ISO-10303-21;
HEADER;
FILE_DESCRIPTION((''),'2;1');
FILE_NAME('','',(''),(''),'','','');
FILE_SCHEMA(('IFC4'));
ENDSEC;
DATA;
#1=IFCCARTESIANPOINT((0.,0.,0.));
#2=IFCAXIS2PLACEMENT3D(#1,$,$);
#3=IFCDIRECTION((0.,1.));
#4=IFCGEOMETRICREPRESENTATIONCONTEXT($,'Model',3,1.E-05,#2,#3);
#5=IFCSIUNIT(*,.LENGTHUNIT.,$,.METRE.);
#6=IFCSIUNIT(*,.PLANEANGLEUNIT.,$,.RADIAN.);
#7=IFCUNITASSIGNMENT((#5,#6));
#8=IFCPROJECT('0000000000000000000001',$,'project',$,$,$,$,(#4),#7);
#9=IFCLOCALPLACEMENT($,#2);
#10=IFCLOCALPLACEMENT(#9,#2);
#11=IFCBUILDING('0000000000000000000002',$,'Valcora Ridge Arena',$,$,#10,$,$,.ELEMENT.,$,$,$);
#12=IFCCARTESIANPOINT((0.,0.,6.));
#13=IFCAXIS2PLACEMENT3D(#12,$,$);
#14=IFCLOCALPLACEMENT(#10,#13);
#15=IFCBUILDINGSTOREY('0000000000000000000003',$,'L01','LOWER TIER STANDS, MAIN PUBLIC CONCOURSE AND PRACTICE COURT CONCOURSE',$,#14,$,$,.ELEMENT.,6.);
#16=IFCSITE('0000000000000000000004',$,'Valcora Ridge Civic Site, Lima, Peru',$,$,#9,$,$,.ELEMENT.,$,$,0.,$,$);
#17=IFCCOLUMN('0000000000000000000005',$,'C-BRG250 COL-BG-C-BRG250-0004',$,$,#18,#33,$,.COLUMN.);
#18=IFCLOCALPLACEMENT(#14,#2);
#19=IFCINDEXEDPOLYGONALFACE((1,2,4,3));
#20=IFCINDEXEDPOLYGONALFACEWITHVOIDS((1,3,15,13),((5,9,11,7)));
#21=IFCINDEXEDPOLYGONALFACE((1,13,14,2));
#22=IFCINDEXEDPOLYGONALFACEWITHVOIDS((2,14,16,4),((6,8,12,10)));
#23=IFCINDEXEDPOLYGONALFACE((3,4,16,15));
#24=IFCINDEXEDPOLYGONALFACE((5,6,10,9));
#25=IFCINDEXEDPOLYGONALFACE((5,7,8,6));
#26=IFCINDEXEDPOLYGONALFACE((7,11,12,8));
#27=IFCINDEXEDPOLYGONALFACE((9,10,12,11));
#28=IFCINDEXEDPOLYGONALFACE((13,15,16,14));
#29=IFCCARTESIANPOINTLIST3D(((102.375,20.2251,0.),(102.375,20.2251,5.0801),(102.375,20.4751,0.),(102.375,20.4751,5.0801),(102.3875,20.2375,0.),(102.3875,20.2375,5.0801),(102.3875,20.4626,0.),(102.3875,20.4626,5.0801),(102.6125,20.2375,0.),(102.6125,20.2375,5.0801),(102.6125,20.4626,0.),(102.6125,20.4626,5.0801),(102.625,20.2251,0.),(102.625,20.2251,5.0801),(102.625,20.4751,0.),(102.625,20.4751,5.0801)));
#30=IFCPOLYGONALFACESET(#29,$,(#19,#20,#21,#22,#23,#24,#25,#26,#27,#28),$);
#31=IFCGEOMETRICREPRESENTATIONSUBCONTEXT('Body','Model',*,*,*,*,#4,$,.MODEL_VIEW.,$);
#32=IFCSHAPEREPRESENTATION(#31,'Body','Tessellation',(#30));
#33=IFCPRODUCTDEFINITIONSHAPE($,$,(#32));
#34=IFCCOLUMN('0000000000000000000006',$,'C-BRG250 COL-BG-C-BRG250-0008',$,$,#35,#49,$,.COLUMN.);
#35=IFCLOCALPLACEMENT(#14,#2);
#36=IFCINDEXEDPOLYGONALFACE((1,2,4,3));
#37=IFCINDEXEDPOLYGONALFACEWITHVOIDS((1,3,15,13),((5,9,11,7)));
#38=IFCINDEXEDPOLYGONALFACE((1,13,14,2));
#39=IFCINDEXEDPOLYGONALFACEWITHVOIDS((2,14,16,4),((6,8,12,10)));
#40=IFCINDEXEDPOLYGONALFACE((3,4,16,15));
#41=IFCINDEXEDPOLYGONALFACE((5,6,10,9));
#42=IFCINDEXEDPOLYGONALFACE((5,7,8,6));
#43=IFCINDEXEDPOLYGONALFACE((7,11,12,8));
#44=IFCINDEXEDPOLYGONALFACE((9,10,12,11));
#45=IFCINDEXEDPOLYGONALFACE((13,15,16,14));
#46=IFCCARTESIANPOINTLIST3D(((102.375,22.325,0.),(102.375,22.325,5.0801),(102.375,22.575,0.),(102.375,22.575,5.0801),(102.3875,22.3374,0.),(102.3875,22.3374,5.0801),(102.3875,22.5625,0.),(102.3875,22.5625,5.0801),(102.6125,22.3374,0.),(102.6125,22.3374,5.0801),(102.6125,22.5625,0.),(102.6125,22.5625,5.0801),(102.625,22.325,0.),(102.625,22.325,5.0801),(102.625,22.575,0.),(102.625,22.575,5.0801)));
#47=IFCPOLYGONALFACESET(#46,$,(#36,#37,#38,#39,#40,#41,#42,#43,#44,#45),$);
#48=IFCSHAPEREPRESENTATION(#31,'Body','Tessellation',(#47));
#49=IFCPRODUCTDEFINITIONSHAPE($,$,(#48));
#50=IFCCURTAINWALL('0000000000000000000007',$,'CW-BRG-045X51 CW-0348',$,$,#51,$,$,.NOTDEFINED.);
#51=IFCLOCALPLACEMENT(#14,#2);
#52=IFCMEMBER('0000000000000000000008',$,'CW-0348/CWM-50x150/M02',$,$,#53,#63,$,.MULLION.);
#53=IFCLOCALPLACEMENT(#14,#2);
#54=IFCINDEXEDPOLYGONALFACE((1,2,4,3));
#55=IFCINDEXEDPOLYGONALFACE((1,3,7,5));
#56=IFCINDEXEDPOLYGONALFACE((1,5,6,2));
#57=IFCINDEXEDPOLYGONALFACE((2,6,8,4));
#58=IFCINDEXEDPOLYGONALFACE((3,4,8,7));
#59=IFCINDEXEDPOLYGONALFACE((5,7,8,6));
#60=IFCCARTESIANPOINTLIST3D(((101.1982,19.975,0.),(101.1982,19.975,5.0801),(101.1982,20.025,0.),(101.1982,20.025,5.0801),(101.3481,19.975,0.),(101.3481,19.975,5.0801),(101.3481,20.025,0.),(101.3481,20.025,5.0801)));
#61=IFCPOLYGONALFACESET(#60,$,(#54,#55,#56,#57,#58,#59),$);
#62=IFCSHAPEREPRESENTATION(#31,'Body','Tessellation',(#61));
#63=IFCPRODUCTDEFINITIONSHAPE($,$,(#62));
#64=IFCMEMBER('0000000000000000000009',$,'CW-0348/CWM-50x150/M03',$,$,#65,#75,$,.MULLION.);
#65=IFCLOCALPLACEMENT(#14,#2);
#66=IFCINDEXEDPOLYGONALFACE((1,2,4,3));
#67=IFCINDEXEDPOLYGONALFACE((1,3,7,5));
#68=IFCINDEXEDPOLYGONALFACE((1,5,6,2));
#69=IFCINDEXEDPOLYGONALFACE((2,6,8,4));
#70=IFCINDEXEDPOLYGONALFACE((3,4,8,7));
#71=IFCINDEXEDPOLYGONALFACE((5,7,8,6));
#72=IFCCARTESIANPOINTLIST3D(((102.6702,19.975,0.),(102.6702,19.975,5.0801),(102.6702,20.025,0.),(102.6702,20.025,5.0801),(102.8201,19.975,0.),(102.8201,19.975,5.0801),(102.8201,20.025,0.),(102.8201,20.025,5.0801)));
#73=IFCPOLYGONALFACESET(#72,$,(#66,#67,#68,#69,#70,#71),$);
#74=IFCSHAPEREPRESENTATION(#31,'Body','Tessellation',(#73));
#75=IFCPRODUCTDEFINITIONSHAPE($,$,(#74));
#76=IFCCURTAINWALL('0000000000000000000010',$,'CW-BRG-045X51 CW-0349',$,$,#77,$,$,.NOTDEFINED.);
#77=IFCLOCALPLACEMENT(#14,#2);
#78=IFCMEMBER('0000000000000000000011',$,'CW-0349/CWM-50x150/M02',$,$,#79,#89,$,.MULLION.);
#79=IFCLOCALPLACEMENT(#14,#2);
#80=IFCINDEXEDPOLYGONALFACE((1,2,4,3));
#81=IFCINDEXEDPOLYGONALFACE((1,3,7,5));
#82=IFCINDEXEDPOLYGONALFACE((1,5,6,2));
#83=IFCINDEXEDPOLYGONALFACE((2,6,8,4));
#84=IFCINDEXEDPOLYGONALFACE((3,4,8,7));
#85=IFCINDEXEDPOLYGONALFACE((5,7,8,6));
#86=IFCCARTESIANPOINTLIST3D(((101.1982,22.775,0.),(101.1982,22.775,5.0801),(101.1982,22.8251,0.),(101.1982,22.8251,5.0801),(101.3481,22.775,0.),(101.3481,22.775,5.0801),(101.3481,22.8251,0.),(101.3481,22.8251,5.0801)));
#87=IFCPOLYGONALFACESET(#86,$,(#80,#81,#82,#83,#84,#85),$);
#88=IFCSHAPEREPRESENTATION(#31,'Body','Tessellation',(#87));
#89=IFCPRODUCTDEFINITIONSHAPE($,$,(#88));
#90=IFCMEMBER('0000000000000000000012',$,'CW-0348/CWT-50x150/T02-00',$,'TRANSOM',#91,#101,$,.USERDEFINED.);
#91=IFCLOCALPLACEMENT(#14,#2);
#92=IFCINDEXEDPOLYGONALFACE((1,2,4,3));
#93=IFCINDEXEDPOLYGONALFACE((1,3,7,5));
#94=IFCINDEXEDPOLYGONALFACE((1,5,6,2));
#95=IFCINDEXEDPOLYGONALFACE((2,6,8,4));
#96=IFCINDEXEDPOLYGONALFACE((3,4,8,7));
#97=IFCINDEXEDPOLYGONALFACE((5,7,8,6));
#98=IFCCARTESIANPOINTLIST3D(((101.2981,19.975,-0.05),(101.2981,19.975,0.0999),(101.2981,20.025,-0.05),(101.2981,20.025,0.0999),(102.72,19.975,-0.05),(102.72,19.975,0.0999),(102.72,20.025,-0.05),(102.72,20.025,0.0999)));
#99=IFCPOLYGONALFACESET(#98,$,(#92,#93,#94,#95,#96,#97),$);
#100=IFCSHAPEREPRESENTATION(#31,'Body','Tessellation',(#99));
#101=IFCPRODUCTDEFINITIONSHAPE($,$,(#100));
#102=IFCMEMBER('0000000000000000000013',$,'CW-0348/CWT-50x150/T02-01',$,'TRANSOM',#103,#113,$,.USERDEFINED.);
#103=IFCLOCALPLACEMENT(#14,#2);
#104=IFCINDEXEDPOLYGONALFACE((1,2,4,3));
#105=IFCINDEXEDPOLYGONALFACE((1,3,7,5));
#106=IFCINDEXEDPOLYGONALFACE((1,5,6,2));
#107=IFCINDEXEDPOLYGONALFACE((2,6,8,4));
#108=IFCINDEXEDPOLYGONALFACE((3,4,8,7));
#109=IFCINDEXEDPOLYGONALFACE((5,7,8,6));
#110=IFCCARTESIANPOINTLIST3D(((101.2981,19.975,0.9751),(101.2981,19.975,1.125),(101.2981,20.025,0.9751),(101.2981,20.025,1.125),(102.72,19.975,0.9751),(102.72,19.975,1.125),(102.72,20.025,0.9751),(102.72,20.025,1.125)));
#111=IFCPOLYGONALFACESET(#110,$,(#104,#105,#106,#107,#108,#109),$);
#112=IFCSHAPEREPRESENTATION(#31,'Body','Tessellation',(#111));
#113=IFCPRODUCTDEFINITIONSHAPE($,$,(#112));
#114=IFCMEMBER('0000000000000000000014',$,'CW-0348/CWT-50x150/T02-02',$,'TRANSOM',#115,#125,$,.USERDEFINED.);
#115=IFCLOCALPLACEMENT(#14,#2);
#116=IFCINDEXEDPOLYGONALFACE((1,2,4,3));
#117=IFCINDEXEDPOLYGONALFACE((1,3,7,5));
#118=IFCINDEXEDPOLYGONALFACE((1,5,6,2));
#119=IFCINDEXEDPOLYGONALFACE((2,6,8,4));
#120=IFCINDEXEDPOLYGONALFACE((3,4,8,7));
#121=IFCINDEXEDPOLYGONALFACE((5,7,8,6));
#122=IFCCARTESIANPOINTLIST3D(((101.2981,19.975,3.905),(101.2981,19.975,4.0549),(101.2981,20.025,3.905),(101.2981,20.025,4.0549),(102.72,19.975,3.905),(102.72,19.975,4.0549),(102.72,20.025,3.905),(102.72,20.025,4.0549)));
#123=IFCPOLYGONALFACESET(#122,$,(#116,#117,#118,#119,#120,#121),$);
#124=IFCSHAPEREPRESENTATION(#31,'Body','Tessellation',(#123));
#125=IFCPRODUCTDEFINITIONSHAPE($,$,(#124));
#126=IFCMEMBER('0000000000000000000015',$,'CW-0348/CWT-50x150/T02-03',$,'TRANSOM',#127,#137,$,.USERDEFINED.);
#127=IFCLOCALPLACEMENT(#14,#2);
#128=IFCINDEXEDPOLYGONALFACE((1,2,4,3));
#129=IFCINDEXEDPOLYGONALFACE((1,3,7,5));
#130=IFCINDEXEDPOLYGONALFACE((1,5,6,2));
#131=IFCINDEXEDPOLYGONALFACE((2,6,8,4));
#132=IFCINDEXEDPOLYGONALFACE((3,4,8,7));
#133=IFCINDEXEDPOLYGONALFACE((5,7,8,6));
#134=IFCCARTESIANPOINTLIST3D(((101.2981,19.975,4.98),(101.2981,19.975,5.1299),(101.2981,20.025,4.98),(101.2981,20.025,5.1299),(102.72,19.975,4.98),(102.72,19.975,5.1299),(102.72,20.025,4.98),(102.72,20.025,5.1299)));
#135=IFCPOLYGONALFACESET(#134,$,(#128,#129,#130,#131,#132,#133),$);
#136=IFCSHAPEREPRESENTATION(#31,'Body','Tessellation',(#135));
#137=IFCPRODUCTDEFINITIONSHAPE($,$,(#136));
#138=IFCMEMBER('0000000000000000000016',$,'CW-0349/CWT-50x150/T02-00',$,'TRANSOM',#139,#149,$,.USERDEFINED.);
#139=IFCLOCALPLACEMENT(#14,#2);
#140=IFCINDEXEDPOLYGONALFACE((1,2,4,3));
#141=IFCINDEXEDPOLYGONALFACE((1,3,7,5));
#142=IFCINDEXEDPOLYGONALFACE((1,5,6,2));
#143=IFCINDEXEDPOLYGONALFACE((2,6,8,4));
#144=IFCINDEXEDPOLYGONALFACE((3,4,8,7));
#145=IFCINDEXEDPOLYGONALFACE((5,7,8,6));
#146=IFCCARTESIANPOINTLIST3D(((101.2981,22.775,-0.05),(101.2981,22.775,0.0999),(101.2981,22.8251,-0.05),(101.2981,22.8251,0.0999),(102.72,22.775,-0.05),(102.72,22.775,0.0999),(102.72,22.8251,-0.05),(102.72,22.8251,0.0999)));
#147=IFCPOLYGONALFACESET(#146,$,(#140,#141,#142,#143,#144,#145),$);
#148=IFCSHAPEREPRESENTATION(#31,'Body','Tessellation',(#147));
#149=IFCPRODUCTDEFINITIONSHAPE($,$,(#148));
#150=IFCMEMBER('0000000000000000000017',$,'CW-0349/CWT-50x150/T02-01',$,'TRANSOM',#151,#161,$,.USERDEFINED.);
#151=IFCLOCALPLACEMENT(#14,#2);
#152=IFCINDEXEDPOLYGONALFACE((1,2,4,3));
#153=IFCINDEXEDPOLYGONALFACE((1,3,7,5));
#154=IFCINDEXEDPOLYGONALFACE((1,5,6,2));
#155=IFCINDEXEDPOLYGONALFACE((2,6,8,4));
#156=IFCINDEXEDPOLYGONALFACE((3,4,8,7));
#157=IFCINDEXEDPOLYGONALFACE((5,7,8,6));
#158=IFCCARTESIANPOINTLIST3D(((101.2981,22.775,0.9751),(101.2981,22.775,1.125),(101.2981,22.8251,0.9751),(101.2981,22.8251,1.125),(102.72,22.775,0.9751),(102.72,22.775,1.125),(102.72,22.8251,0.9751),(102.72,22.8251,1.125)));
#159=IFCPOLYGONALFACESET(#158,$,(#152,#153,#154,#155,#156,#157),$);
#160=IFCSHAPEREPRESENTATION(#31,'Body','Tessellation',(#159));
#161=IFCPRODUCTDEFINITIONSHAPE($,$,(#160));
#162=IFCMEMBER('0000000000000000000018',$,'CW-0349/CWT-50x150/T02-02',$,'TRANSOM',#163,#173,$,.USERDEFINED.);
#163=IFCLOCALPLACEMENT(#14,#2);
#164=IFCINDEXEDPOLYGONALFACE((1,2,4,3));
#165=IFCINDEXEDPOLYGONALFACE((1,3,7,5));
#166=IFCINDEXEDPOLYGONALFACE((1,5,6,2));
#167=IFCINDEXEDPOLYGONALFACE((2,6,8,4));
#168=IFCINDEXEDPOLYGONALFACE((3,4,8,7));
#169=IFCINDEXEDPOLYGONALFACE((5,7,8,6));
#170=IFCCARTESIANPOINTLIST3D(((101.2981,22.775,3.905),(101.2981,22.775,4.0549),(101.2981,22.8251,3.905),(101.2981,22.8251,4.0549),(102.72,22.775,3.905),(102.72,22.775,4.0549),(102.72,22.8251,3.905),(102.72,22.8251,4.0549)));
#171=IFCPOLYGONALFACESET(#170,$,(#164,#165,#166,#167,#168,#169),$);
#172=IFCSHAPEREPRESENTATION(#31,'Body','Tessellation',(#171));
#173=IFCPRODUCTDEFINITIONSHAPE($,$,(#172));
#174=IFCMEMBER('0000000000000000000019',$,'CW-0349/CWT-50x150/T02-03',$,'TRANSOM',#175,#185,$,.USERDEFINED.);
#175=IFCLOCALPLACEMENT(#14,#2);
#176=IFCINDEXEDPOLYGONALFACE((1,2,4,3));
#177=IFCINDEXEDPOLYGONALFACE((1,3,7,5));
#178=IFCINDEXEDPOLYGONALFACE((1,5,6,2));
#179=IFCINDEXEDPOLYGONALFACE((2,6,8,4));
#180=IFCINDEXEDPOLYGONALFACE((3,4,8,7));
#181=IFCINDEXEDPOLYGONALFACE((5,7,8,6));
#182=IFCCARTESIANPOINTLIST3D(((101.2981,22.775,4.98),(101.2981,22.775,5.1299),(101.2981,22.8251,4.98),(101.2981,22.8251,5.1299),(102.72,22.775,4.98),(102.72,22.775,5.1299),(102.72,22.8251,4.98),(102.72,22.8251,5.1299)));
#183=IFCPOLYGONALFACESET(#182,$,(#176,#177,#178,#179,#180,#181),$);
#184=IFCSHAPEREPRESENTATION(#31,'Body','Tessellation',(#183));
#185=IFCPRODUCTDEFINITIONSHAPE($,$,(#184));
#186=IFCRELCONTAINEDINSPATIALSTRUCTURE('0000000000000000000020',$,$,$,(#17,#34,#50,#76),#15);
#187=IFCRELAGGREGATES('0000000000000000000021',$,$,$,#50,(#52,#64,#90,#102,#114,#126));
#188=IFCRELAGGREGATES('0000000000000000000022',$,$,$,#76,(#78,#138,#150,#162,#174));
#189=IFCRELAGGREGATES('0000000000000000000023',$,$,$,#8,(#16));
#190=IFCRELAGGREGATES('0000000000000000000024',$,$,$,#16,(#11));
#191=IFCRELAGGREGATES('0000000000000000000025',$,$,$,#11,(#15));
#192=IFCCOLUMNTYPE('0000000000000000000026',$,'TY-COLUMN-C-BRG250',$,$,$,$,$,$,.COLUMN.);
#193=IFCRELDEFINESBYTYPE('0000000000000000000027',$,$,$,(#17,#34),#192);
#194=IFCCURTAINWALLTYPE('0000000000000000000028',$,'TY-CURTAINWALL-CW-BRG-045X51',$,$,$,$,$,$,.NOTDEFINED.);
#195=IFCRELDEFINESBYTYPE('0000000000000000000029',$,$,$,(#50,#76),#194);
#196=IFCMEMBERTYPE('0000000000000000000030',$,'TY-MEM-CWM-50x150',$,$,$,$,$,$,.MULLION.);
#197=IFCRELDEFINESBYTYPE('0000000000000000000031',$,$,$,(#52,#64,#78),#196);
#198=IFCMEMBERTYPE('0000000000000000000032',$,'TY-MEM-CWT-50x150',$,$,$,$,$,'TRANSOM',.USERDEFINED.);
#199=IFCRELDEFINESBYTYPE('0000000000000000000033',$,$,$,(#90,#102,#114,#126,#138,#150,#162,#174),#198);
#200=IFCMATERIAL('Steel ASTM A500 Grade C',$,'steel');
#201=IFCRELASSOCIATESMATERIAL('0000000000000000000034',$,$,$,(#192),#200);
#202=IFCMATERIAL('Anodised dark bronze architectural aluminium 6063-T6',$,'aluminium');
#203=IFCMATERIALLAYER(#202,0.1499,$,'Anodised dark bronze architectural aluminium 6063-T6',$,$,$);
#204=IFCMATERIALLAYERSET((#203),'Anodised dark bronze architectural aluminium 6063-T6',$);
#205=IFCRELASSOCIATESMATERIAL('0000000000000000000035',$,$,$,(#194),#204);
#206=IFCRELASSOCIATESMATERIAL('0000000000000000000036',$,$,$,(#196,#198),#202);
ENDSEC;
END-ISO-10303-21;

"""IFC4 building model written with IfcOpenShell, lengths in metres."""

from ifc_helpers import new_model, si_unit, direction, frame, origin, origin_2d, place, context, subcontext, project, spatial, rectangle, hollow_rectangle, extrude, material, layer, layer_set, material_profile, profile_set, type_object, element, aggregate, save


model = new_model("IFC4")

# Units and contexts
model_context = context("Model", 3, precision=1e-05, world=origin(), true_north=direction((0.0, 1.0)))
body_context = subcontext(model_context, "Body", "Model", "MODEL_VIEW")
ifc_project = project(units=[si_unit("LENGTHUNIT", "METRE"), si_unit("PLANEANGLEUNIT", "RADIAN")], contexts=[model_context])

# Site, building, storey
site_placement = place(None, origin())
site = spatial("IfcSite", under=ifc_project, at=site_placement, Name="Valcora Ridge Civic Site, Lima, Peru", CompositionType="ELEMENT", RefElevation=0.0)
building_placement = place(site_placement, origin())
building = spatial("IfcBuilding", under=site, at=building_placement, Name="Valcora Ridge Arena", CompositionType="ELEMENT")
storey_placement = place(building_placement, frame((0.0, 0.0, 6.0)))
storey = spatial("IfcBuildingStorey", under=building, at=storey_placement, Name="L01", Description="LOWER TIER STANDS, MAIN PUBLIC CONCOURSE AND PRACTICE COURT CONCOURSE", CompositionType="ELEMENT", Elevation=6.0)

# Columns
ifc_material_1 = material(Name="Steel ASTM A500 Grade C", Category="steel")
ifc_material_profile_1 = material_profile(ifc_material_1, hollow_rectangle(XDim=0.25, YDim=0.25, WallThickness=0.0125, at=origin_2d()), Name="HSS250X250X12")
ifc_profile_set_1 = profile_set([ifc_material_profile_1], Name="Steel ASTM A500 Grade C")
column_type = type_object("IfcColumnType", Name="TY-COLUMN-C-BRG250", PredefinedType="COLUMN", material=ifc_profile_set_1)
for number, where, z_axis, x_axis, name in (
    (1, (102.5, 20.3501, 0.0), (0.0, 0.0, 1.0), (1.0, 0.0, 0.0), "C-BRG250 COL-BG-C-BRG250-0004"),
    (2, (102.5, 22.45, 0.0), (0.0, 0.0, 1.0), (1.0, 0.0, 0.0), "C-BRG250 COL-BG-C-BRG250-0008"),
):
    element("IfcColumn", number, at=place(storey_placement, frame(where, z_axis=z_axis, x_axis=x_axis)), inside=storey, type_object=column_type, Name=name, PredefinedType="COLUMN", context=body_context, shape_type="SweptSolid", body=[
        extrude(hollow_rectangle(XDim=0.25, YDim=0.25, WallThickness=0.0125, at=origin_2d()), origin(), (0.0, 0.0, 1.0), 5.0801),
    ])

# Curtain wall, members
ifc_material_2 = material(Name="Anodised dark bronze architectural aluminium 6063-T6", Category="aluminium")
ifc_layer_1 = layer(ifc_material_2, 0.1499, Name="Anodised dark bronze architectural aluminium 6063-T6")
ifc_layer_set_1 = layer_set([ifc_layer_1], Name="Anodised dark bronze architectural aluminium 6063-T6")
curtain_wall_type = type_object("IfcCurtainWallType", Name="TY-CURTAINWALL-CW-BRG-045X51", PredefinedType="NOTDEFINED", material=ifc_layer_set_1)
curtain_wall_1_placement = place(storey_placement, origin())
curtain_wall_1 = element("IfcCurtainWall", 3, at=curtain_wall_1_placement, inside=storey, type_object=curtain_wall_type, Name="CW-BRG-045X51 CW-0348", PredefinedType="NOTDEFINED")
ifc_material_profile_2 = material_profile(ifc_material_2, rectangle(XDim=0.05, YDim=0.1499, at=origin_2d()), Name="ALU MULLION 50x150")
ifc_profile_set_2 = profile_set([ifc_material_profile_2], Name="Anodised dark bronze architectural aluminium 6063-T6")
member_type_1 = type_object("IfcMemberType", Name="TY-MEM-CWM-50x150", PredefinedType="MULLION", material=ifc_profile_set_2)
member_1_placement = place(storey_placement, frame((101.2732, 20.0, 0.0), z_axis=(0.0, 0.0, 1.0), x_axis=(0.0, 1.0, 0.0)))
member_1 = element("IfcMember", 4, at=member_1_placement, type_object=member_type_1, Name="CW-0348/CWM-50x150/M02", PredefinedType="MULLION", context=body_context, shape_type="SweptSolid", body=[
    extrude(rectangle(XDim=0.05, YDim=0.1499, at=origin_2d()), origin(), (0.0, 0.0, 1.0), 5.0801),
])
member_2_placement = place(storey_placement, frame((102.7451, 20.0, 0.0), z_axis=(0.0, 0.0, 1.0), x_axis=(0.0, 1.0, 0.0)))
member_2 = element("IfcMember", 5, at=member_2_placement, type_object=member_type_1, Name="CW-0348/CWM-50x150/M03", PredefinedType="MULLION", context=body_context, shape_type="SweptSolid", body=[
    extrude(rectangle(XDim=0.05, YDim=0.1499, at=origin_2d()), origin(), (0.0, 0.0, 1.0), 5.0801),
])

# Curtain wall, member
curtain_wall_2_placement = place(storey_placement, origin())
curtain_wall_2 = element("IfcCurtainWall", 6, at=curtain_wall_2_placement, inside=storey, type_object=curtain_wall_type, Name="CW-BRG-045X51 CW-0349", PredefinedType="NOTDEFINED")
member_3_placement = place(storey_placement, frame((101.2732, 22.8, 0.0), z_axis=(0.0, 0.0, 1.0), x_axis=(0.0, 1.0, 0.0)))
member_3 = element("IfcMember", 7, at=member_3_placement, type_object=member_type_1, Name="CW-0349/CWM-50x150/M02", PredefinedType="MULLION", context=body_context, shape_type="SweptSolid", body=[
    extrude(rectangle(XDim=0.05, YDim=0.1499, at=origin_2d()), origin(), (0.0, 0.0, 1.0), 5.0801),
])

# Members
ifc_material_profile_3 = material_profile(ifc_material_2, rectangle(XDim=0.05, YDim=0.1499, at=origin_2d()), Name="ALU TRANSOM 50x150")
ifc_profile_set_3 = profile_set([ifc_material_profile_3], Name="Anodised dark bronze architectural aluminium 6063-T6")
member_type_2 = type_object("IfcMemberType", Name="TY-MEM-CWT-50x150", ElementType="TRANSOM", PredefinedType="USERDEFINED", material=ifc_profile_set_3)
member_4_placement = place(storey_placement, frame((101.2981, 20.0, 0.0249), z_axis=(1.0, 0.0, 0.0), x_axis=(0.0, 1.0, 0.0)))
member_4 = element("IfcMember", 8, at=member_4_placement, type_object=member_type_2, Name="CW-0348/CWT-50x150/T02-00", ObjectType="TRANSOM", PredefinedType="USERDEFINED", context=body_context, shape_type="SweptSolid", body=[
    extrude(rectangle(XDim=0.05, YDim=0.1499, at=origin_2d()), origin(), (0.0, 0.0, 1.0), 1.4219),
])
member_5_placement = place(storey_placement, frame((101.2981, 20.0, 1.05), z_axis=(1.0, 0.0, 0.0), x_axis=(0.0, 1.0, 0.0)))
member_5 = element("IfcMember", 9, at=member_5_placement, type_object=member_type_2, Name="CW-0348/CWT-50x150/T02-01", ObjectType="TRANSOM", PredefinedType="USERDEFINED", context=body_context, shape_type="SweptSolid", body=[
    extrude(rectangle(XDim=0.05, YDim=0.1499, at=origin_2d()), origin(), (0.0, 0.0, 1.0), 1.4219),
])
member_6_placement = place(storey_placement, frame((101.2981, 20.0, 3.98), z_axis=(1.0, 0.0, 0.0), x_axis=(0.0, 1.0, 0.0)))
member_6 = element("IfcMember", 10, at=member_6_placement, type_object=member_type_2, Name="CW-0348/CWT-50x150/T02-02", ObjectType="TRANSOM", PredefinedType="USERDEFINED", context=body_context, shape_type="SweptSolid", body=[
    extrude(rectangle(XDim=0.05, YDim=0.1499, at=origin_2d()), origin(), (0.0, 0.0, 1.0), 1.4219),
])
member_7_placement = place(storey_placement, frame((101.2981, 20.0, 5.0549), z_axis=(1.0, 0.0, 0.0), x_axis=(0.0, 1.0, 0.0)))
member_7 = element("IfcMember", 11, at=member_7_placement, type_object=member_type_2, Name="CW-0348/CWT-50x150/T02-03", ObjectType="TRANSOM", PredefinedType="USERDEFINED", context=body_context, shape_type="SweptSolid", body=[
    extrude(rectangle(XDim=0.05, YDim=0.1499, at=origin_2d()), origin(), (0.0, 0.0, 1.0), 1.4219),
])
member_8_placement = place(storey_placement, frame((101.2981, 22.8, 0.0249), z_axis=(1.0, 0.0, 0.0), x_axis=(0.0, 1.0, 0.0)))
member_8 = element("IfcMember", 12, at=member_8_placement, type_object=member_type_2, Name="CW-0349/CWT-50x150/T02-00", ObjectType="TRANSOM", PredefinedType="USERDEFINED", context=body_context, shape_type="SweptSolid", body=[
    extrude(rectangle(XDim=0.05, YDim=0.1499, at=origin_2d()), origin(), (0.0, 0.0, 1.0), 1.4219),
])
member_9_placement = place(storey_placement, frame((101.2981, 22.8, 1.05), z_axis=(1.0, 0.0, 0.0), x_axis=(0.0, 1.0, 0.0)))
member_9 = element("IfcMember", 13, at=member_9_placement, type_object=member_type_2, Name="CW-0349/CWT-50x150/T02-01", ObjectType="TRANSOM", PredefinedType="USERDEFINED", context=body_context, shape_type="SweptSolid", body=[
    extrude(rectangle(XDim=0.05, YDim=0.1499, at=origin_2d()), origin(), (0.0, 0.0, 1.0), 1.4219),
])
member_10_placement = place(storey_placement, frame((101.2981, 22.8, 3.98), z_axis=(1.0, 0.0, 0.0), x_axis=(0.0, 1.0, 0.0)))
member_10 = element("IfcMember", 14, at=member_10_placement, type_object=member_type_2, Name="CW-0349/CWT-50x150/T02-02", ObjectType="TRANSOM", PredefinedType="USERDEFINED", context=body_context, shape_type="SweptSolid", body=[
    extrude(rectangle(XDim=0.05, YDim=0.1499, at=origin_2d()), origin(), (0.0, 0.0, 1.0), 1.4219),
])
member_11_placement = place(storey_placement, frame((101.2981, 22.8, 5.0549), z_axis=(1.0, 0.0, 0.0), x_axis=(0.0, 1.0, 0.0)))
member_11 = element("IfcMember", 15, at=member_11_placement, type_object=member_type_2, Name="CW-0349/CWT-50x150/T02-03", ObjectType="TRANSOM", PredefinedType="USERDEFINED", context=body_context, shape_type="SweptSolid", body=[
    extrude(rectangle(XDim=0.05, YDim=0.1499, at=origin_2d()), origin(), (0.0, 0.0, 1.0), 1.4219),
])

aggregate(curtain_wall_1, [member_1, member_2, member_4, member_5, member_6, member_7])
aggregate(curtain_wall_2, [member_3, member_8, member_9, member_10, member_11])

save(model, "model.ifc")
